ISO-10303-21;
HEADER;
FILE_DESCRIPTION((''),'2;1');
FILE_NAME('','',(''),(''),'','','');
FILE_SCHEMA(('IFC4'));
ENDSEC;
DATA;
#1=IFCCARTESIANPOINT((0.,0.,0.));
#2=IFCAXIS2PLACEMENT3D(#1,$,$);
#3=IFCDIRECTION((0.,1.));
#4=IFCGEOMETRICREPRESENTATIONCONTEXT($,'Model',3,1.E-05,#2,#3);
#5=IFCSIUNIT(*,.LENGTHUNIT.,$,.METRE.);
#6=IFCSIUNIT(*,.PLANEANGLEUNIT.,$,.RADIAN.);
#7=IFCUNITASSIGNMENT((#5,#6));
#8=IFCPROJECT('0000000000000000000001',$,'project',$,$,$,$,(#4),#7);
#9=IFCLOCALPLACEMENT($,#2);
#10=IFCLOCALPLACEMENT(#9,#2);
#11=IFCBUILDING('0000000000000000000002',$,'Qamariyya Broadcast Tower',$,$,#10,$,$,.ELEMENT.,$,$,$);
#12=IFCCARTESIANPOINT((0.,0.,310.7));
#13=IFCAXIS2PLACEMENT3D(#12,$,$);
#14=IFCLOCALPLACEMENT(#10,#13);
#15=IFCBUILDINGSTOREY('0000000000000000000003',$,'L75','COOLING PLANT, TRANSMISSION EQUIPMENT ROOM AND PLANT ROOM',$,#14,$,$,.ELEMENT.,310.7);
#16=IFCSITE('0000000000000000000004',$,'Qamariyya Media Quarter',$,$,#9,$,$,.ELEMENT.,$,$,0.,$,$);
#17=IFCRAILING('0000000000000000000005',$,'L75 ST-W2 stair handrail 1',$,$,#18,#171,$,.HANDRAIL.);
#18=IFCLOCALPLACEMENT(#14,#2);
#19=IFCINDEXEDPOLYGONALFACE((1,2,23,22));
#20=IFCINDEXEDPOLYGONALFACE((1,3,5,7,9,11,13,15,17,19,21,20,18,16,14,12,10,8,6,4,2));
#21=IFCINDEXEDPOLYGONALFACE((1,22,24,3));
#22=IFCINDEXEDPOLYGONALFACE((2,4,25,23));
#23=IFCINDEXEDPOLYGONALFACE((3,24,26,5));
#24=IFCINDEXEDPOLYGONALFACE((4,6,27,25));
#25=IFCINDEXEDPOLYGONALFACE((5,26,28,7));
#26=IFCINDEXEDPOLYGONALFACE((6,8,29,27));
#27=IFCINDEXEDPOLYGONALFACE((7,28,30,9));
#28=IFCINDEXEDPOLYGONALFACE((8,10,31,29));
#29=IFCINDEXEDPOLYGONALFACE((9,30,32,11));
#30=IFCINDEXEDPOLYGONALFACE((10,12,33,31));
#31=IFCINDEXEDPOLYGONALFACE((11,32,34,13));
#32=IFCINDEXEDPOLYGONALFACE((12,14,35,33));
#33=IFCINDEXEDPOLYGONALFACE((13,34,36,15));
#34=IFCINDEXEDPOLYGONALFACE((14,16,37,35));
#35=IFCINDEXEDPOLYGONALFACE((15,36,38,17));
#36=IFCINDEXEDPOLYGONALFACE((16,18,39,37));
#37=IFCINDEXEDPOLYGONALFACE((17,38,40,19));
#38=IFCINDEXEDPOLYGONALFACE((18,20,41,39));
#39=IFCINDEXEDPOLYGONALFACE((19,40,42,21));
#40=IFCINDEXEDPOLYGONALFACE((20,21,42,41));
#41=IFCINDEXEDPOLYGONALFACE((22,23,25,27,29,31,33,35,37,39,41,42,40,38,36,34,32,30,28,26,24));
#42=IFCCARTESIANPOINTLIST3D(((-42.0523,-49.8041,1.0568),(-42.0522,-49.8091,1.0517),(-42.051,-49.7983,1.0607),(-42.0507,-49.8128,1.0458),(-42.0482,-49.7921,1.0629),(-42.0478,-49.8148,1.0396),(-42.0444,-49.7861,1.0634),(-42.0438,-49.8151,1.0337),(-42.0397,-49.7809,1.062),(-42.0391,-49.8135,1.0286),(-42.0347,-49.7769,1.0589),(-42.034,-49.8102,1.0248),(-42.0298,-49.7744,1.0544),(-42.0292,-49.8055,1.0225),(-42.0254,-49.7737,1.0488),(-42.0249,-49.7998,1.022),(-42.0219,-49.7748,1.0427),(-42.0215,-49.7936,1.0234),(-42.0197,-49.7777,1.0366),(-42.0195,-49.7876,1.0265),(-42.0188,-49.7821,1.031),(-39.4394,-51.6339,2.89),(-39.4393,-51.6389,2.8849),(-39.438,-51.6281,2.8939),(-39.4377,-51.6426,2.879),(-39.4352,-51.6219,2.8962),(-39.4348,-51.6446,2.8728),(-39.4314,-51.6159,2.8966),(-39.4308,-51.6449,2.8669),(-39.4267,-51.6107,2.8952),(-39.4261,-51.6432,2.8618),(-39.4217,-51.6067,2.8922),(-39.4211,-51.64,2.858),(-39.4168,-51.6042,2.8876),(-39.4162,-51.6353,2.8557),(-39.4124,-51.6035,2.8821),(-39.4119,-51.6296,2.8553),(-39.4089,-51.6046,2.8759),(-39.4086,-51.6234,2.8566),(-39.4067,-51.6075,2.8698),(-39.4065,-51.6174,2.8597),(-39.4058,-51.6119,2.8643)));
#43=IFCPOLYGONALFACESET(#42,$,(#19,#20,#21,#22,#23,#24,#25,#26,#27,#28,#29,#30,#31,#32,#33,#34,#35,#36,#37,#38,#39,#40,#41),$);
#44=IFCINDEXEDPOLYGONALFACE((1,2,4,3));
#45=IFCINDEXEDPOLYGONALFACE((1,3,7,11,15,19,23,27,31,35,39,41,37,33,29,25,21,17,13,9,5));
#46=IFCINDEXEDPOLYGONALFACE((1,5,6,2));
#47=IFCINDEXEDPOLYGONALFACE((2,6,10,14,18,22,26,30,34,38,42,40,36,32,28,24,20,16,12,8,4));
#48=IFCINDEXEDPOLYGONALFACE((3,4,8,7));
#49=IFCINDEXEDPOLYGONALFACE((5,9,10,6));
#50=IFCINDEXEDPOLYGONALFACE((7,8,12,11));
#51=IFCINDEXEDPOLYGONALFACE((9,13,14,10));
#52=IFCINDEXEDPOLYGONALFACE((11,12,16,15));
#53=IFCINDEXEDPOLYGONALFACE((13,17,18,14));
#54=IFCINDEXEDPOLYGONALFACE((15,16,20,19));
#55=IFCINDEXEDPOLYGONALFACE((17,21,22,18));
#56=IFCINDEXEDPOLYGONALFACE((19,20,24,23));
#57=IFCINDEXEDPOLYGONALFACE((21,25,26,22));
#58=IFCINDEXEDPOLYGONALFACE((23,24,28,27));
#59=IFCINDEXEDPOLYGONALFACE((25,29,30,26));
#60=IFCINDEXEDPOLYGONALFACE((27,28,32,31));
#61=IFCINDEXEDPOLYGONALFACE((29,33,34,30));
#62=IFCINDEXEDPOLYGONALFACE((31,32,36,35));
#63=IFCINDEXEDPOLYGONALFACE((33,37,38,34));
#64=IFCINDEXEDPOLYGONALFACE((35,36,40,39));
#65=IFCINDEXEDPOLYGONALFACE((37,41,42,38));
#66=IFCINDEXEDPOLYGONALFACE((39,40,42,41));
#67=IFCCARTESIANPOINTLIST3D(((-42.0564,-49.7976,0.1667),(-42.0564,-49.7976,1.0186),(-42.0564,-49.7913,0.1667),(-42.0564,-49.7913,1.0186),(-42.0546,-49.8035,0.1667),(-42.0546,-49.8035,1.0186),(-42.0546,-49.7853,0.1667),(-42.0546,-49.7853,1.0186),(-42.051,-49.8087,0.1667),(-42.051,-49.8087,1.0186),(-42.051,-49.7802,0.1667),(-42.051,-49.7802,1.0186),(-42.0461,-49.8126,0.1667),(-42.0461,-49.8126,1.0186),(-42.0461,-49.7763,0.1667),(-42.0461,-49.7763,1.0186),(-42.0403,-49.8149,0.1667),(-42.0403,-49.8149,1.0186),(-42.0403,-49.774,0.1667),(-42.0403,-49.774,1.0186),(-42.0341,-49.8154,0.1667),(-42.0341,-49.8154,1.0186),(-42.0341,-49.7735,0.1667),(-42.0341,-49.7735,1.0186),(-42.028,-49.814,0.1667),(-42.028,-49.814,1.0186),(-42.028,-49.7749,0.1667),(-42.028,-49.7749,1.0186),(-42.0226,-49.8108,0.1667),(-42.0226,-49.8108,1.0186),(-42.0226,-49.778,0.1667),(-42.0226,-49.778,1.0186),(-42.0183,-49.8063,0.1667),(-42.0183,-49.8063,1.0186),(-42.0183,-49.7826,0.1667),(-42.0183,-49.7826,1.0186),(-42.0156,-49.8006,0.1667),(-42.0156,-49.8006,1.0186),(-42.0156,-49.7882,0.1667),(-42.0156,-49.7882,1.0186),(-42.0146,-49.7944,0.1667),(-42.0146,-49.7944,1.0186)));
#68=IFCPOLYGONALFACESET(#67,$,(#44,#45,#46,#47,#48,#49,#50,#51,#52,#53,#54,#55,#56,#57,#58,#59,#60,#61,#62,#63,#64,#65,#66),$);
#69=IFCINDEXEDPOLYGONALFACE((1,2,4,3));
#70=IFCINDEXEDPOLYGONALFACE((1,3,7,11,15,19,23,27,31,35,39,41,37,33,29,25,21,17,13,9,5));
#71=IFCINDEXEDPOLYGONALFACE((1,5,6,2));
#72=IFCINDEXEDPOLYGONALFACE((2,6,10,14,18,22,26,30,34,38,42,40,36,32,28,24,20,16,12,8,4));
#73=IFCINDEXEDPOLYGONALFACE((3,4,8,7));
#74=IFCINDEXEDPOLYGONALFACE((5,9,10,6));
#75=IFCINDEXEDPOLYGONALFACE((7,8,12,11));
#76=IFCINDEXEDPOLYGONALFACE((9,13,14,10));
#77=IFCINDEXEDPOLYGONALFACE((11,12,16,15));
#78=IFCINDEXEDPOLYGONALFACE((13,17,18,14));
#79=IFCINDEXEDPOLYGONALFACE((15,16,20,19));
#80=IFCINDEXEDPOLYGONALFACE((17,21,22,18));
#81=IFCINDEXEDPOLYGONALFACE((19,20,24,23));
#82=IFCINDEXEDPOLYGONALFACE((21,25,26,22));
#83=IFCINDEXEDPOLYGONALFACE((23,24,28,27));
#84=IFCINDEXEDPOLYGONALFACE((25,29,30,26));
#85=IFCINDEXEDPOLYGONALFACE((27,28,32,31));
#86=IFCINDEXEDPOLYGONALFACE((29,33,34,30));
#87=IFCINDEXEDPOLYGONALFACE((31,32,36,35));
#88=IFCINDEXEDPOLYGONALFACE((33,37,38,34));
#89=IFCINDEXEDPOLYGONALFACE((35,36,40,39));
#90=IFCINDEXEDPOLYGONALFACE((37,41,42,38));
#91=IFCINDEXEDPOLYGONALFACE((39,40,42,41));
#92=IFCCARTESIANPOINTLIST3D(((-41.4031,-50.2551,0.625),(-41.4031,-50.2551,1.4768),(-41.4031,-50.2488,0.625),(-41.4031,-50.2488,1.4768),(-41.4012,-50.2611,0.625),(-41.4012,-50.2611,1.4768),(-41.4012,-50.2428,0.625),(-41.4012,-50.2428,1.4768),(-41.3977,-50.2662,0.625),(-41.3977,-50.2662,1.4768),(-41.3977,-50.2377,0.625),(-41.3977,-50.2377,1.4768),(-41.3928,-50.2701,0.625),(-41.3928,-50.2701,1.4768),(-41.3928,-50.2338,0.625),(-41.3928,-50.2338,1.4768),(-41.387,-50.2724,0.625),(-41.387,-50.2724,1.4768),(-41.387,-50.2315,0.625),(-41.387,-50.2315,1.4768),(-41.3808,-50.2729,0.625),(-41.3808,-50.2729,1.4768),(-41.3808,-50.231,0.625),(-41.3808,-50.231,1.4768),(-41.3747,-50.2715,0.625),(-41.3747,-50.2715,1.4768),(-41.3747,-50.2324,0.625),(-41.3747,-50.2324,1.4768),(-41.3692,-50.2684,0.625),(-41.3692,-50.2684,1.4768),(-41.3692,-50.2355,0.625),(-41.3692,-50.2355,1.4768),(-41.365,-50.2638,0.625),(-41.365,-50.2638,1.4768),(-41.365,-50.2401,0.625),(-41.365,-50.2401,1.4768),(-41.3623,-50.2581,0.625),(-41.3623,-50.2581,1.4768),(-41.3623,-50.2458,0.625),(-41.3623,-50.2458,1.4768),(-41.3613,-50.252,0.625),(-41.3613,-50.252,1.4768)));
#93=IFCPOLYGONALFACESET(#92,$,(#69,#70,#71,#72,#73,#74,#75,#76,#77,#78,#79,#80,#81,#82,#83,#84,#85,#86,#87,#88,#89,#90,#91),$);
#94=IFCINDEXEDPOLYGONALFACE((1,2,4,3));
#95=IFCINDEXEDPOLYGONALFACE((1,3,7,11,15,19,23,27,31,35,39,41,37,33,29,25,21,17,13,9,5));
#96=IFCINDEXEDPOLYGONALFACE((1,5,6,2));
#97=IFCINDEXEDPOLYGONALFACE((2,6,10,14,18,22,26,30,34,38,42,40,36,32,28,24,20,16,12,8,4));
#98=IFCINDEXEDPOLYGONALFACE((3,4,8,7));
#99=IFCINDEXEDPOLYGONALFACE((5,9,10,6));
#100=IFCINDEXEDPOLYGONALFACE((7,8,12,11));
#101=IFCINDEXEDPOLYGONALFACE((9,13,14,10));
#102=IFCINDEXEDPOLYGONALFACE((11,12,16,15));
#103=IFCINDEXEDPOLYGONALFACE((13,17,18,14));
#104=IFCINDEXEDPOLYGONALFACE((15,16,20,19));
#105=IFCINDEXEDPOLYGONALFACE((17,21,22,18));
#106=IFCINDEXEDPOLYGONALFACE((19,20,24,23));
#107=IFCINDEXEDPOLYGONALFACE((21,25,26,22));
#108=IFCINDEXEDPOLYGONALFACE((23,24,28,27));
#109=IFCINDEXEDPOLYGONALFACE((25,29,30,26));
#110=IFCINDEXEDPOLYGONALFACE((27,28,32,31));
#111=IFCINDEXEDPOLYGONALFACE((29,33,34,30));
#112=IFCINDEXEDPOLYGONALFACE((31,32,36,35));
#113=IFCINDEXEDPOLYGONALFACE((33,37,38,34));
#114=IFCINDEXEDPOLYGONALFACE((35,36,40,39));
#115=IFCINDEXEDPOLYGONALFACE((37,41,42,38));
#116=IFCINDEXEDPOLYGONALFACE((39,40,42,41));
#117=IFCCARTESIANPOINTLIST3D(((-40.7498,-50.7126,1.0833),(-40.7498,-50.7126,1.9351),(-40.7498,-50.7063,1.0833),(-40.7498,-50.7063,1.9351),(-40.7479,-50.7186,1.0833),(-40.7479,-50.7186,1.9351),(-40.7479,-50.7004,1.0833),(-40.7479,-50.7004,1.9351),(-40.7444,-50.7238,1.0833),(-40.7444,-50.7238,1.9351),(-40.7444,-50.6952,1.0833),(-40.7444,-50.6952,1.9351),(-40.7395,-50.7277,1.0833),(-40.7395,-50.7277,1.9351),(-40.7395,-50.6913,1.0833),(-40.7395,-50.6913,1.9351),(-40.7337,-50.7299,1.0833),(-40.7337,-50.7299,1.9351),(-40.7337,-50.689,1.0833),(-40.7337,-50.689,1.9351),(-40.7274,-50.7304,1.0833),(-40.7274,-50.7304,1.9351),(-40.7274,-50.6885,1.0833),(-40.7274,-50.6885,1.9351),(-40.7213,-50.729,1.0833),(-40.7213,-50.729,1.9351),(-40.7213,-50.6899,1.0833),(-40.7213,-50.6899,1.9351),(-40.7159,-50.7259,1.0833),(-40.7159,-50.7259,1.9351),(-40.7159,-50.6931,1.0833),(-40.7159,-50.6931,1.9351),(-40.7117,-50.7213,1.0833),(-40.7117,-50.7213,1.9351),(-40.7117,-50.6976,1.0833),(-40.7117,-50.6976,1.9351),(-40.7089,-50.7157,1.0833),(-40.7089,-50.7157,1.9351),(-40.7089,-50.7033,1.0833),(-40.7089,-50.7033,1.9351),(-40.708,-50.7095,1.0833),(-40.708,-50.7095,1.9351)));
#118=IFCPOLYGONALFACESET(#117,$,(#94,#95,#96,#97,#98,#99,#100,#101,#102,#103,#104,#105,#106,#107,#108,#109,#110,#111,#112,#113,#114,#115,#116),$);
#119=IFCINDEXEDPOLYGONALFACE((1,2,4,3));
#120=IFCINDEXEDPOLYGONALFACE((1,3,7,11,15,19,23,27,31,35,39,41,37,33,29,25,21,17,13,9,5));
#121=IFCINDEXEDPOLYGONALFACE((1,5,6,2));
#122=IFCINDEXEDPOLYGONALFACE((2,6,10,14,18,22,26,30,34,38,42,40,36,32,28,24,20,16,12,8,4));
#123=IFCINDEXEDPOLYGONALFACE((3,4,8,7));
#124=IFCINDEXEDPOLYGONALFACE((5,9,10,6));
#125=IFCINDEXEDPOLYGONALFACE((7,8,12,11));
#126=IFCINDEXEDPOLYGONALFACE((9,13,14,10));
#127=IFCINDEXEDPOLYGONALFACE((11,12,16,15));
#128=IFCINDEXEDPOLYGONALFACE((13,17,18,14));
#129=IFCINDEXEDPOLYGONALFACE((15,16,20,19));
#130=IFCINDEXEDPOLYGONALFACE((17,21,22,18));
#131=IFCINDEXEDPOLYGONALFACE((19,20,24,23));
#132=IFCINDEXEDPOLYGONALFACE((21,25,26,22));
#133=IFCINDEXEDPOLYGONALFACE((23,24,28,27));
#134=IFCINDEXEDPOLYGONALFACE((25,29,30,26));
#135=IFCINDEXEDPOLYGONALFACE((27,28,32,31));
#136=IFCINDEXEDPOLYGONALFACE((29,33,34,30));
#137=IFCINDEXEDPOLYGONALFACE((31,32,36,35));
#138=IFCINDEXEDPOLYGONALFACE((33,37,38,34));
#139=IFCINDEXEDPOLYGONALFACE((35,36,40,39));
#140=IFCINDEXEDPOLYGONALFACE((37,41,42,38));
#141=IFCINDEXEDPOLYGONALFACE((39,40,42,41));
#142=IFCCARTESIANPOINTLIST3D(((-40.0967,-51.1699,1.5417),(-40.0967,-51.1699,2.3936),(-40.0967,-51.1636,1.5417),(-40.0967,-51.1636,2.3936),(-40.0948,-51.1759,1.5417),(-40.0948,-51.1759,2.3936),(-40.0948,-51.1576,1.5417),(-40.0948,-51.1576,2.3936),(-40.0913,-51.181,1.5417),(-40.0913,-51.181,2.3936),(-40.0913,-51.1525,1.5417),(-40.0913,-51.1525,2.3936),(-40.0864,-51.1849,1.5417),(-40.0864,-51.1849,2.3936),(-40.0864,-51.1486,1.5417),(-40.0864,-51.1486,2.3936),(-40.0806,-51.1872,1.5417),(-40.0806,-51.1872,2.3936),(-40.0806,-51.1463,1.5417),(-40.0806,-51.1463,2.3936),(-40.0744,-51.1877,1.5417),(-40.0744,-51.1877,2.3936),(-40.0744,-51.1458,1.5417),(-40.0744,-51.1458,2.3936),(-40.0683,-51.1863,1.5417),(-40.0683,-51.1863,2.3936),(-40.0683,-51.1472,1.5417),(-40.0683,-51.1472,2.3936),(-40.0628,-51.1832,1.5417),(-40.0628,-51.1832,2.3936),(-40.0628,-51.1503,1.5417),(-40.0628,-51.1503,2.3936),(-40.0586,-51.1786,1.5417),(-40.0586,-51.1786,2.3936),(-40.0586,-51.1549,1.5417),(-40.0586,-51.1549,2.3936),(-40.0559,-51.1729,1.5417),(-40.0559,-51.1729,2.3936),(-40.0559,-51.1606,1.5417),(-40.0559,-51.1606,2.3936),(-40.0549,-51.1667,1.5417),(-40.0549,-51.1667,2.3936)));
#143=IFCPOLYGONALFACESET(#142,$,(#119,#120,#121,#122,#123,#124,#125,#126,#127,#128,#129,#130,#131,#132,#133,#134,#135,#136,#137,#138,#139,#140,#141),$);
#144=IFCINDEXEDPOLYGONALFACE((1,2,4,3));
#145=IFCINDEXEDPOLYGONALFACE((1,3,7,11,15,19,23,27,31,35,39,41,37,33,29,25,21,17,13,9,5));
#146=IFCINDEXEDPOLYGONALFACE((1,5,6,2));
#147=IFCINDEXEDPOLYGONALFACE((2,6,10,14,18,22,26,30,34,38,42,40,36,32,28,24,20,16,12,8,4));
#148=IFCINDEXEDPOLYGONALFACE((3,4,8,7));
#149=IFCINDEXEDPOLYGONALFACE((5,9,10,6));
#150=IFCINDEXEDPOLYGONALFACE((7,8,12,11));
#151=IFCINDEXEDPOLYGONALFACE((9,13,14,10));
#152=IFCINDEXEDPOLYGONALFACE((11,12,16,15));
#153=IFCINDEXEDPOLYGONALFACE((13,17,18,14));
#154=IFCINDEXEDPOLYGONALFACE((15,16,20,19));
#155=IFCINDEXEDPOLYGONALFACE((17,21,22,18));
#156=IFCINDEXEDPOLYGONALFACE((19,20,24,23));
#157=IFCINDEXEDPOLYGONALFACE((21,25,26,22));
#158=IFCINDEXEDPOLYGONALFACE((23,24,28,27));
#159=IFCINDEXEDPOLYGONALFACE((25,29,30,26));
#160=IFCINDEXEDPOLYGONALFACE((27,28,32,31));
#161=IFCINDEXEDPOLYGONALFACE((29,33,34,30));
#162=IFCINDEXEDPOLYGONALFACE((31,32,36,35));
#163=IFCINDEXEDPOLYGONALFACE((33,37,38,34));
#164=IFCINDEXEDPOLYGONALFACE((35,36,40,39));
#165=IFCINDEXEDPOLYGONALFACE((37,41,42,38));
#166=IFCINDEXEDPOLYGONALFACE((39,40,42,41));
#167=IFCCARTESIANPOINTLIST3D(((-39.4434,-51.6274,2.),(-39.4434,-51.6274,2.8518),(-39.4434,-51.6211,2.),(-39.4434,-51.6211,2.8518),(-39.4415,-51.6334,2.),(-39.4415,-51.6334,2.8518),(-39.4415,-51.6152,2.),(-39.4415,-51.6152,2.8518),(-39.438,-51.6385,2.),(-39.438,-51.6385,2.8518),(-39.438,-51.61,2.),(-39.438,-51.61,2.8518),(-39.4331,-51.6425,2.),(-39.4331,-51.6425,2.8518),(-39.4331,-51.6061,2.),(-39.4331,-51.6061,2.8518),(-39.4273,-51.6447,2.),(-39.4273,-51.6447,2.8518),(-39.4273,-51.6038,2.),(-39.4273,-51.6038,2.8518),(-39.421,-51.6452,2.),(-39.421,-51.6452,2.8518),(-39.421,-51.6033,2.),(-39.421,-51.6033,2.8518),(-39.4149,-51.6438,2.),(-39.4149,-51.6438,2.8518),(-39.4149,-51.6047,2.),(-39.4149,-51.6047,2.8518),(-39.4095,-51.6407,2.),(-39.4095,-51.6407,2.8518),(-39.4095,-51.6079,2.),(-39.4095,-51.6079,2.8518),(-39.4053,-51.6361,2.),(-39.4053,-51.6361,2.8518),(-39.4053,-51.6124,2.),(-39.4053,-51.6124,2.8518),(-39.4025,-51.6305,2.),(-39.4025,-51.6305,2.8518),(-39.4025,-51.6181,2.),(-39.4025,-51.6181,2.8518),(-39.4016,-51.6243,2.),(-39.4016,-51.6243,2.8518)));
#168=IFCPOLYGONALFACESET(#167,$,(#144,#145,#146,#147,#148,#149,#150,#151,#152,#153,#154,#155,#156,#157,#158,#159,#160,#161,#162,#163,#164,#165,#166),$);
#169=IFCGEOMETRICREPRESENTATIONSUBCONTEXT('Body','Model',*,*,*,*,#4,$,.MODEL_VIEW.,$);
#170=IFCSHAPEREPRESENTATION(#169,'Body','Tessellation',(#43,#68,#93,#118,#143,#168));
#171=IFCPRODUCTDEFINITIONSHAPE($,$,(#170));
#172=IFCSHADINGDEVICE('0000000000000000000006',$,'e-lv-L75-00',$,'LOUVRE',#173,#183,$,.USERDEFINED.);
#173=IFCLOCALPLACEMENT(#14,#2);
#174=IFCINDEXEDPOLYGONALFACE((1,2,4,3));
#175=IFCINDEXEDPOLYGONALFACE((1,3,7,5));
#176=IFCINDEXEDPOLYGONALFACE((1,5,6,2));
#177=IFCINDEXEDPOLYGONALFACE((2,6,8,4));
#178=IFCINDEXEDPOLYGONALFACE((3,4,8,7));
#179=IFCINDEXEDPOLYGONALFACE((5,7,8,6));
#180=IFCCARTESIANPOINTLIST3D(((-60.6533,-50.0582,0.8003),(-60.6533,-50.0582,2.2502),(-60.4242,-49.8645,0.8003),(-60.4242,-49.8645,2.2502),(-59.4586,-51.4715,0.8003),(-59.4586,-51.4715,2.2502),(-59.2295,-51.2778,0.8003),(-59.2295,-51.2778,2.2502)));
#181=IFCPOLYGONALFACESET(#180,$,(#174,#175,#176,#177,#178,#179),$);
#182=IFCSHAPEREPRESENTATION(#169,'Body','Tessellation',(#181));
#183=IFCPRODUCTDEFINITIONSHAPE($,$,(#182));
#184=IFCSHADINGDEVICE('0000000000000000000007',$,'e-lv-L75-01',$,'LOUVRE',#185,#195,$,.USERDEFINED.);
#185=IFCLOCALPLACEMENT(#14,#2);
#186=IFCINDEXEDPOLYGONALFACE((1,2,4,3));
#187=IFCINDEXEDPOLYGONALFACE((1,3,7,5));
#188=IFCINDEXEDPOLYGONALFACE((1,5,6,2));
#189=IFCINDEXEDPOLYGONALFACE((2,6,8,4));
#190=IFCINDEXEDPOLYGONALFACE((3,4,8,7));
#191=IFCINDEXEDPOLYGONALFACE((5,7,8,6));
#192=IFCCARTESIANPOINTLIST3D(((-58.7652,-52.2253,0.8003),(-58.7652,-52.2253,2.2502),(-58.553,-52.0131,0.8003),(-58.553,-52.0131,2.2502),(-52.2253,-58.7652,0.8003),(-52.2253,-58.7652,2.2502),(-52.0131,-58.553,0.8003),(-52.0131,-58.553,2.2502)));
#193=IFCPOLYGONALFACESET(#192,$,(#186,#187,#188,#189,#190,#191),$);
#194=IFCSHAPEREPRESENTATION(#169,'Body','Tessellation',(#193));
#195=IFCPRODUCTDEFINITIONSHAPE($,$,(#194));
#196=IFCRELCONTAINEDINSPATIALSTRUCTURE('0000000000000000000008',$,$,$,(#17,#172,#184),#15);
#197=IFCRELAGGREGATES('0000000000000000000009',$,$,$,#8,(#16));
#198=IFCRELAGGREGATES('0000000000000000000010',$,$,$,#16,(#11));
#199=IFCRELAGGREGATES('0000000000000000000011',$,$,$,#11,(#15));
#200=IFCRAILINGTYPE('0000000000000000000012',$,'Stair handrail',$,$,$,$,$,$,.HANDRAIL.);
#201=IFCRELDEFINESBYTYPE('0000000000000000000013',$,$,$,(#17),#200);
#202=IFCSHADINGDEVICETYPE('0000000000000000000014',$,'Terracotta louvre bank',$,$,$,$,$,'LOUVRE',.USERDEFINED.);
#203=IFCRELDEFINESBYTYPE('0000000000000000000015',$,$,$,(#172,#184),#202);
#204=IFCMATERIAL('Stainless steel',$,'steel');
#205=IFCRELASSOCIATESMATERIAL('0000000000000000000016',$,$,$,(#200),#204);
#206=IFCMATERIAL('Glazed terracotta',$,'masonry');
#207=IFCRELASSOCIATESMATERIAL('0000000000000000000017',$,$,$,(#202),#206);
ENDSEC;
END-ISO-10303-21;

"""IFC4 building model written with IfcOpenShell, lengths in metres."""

from ifc_helpers import new_model, si_unit, direction, frame, origin, origin_2d, place, context, subcontext, project, spatial, rectangle, circle, extrude, material, type_object, element, save


model = new_model("IFC4")

# Units and contexts
model_context = context("Model", 3, precision=1e-05, world=origin(), true_north=direction((0.0, 1.0)))
body_context = subcontext(model_context, "Body", "Model", "MODEL_VIEW")
ifc_project = project(units=[si_unit("LENGTHUNIT", "METRE"), si_unit("PLANEANGLEUNIT", "RADIAN")], contexts=[model_context])

# Site, building, storey
site_placement = place(None, origin())
site = spatial("IfcSite", under=ifc_project, at=site_placement, Name="Qamariyya Media Quarter", CompositionType="ELEMENT", RefElevation=0.0)
building_placement = place(site_placement, origin())
building = spatial("IfcBuilding", under=site, at=building_placement, Name="Qamariyya Broadcast Tower", CompositionType="ELEMENT")
storey_placement = place(building_placement, frame((0.0, 0.0, 310.7)))
storey = spatial("IfcBuildingStorey", under=building, at=storey_placement, Name="L75", Description="COOLING PLANT, TRANSMISSION EQUIPMENT ROOM AND PLANT ROOM", CompositionType="ELEMENT", Elevation=310.7)

# Railing
ifc_material_1 = material(Name="Stainless steel", Category="steel")
railing_type_1 = type_object("IfcRailingType", Name="Stair handrail", PredefinedType="HANDRAIL", material=ifc_material_1)
railing_1_placement = place(storey_placement, frame((-42.0356, -49.7944, 0.1667)))
element("IfcRailing", 1, at=railing_1_placement, inside=storey, type_object=railing_type_1, Name="L75 ST-W2 stair handrail 1", PredefinedType="HANDRAIL", context=body_context, shape_type="SweptSolid", body=[
    extrude(circle(Radius=0.0239, at=origin_2d()), frame((0.0, 0.0, 0.876), z_axis=(0.710204, -0.497335, 0.498264), x_axis=(0.573611, 0.819128, 0.0)), (0.0, 0.0, 1.0), 3.6792),
    extrude(circle(Radius=0.021, at=origin_2d()), origin(), (0.0, 0.0, 1.0), 0.8518),
    extrude(circle(Radius=0.021, at=origin_2d()), frame((0.6533, -0.4575, 0.4583)), (0.0, 0.0, 1.0), 0.8518),
    extrude(circle(Radius=0.021, at=origin_2d()), frame((1.3066, -0.915, 0.9165)), (0.0, 0.0, 1.0), 0.8518),
    extrude(circle(Radius=0.021, at=origin_2d()), frame((1.9597, -1.3723, 1.375)), (0.0, 0.0, 1.0), 0.8518),
    extrude(circle(Radius=0.021, at=origin_2d()), frame((2.613, -1.8298, 1.8333)), (0.0, 0.0, 1.0), 0.8518),
])

# Shading devices
ifc_material_2 = material(Name="Glazed terracotta", Category="masonry")
shading_device_type = type_object("IfcShadingDeviceType", Name="Terracotta louvre bank", ElementType="LOUVRE", PredefinedType="USERDEFINED", material=ifc_material_2)
shading_device_1_placement = place(storey_placement, frame((-59.9414, -50.668, 0.8003), z_axis=(0.0, 0.0, 1.0), x_axis=(0.64556, -0.76371, 0.0)))
element("IfcShadingDevice", 2, at=shading_device_1_placement, inside=storey, type_object=shading_device_type, Name="e-lv-L75-00", ObjectType="LOUVRE", PredefinedType="USERDEFINED", context=body_context, shape_type="SweptSolid", body=[
    extrude(rectangle(XDim=1.8506, YDim=0.3, at=origin_2d()), origin(), (0.0, 0.0, 1.0), 1.45),
])
shading_device_2_placement = place(storey_placement, frame((-55.3892, -55.3892, 0.8003), z_axis=(0.0, 0.0, 1.0), x_axis=(0.707107, -0.707107, 0.0)))
element("IfcShadingDevice", 3, at=shading_device_2_placement, inside=storey, type_object=shading_device_type, Name="e-lv-L75-01", ObjectType="LOUVRE", PredefinedType="USERDEFINED", context=body_context, shape_type="SweptSolid", body=[
    extrude(rectangle(XDim=9.2488, YDim=0.3, at=origin_2d()), origin(), (0.0, 0.0, 1.0), 1.45),
])

save(model, "model.ifc")
